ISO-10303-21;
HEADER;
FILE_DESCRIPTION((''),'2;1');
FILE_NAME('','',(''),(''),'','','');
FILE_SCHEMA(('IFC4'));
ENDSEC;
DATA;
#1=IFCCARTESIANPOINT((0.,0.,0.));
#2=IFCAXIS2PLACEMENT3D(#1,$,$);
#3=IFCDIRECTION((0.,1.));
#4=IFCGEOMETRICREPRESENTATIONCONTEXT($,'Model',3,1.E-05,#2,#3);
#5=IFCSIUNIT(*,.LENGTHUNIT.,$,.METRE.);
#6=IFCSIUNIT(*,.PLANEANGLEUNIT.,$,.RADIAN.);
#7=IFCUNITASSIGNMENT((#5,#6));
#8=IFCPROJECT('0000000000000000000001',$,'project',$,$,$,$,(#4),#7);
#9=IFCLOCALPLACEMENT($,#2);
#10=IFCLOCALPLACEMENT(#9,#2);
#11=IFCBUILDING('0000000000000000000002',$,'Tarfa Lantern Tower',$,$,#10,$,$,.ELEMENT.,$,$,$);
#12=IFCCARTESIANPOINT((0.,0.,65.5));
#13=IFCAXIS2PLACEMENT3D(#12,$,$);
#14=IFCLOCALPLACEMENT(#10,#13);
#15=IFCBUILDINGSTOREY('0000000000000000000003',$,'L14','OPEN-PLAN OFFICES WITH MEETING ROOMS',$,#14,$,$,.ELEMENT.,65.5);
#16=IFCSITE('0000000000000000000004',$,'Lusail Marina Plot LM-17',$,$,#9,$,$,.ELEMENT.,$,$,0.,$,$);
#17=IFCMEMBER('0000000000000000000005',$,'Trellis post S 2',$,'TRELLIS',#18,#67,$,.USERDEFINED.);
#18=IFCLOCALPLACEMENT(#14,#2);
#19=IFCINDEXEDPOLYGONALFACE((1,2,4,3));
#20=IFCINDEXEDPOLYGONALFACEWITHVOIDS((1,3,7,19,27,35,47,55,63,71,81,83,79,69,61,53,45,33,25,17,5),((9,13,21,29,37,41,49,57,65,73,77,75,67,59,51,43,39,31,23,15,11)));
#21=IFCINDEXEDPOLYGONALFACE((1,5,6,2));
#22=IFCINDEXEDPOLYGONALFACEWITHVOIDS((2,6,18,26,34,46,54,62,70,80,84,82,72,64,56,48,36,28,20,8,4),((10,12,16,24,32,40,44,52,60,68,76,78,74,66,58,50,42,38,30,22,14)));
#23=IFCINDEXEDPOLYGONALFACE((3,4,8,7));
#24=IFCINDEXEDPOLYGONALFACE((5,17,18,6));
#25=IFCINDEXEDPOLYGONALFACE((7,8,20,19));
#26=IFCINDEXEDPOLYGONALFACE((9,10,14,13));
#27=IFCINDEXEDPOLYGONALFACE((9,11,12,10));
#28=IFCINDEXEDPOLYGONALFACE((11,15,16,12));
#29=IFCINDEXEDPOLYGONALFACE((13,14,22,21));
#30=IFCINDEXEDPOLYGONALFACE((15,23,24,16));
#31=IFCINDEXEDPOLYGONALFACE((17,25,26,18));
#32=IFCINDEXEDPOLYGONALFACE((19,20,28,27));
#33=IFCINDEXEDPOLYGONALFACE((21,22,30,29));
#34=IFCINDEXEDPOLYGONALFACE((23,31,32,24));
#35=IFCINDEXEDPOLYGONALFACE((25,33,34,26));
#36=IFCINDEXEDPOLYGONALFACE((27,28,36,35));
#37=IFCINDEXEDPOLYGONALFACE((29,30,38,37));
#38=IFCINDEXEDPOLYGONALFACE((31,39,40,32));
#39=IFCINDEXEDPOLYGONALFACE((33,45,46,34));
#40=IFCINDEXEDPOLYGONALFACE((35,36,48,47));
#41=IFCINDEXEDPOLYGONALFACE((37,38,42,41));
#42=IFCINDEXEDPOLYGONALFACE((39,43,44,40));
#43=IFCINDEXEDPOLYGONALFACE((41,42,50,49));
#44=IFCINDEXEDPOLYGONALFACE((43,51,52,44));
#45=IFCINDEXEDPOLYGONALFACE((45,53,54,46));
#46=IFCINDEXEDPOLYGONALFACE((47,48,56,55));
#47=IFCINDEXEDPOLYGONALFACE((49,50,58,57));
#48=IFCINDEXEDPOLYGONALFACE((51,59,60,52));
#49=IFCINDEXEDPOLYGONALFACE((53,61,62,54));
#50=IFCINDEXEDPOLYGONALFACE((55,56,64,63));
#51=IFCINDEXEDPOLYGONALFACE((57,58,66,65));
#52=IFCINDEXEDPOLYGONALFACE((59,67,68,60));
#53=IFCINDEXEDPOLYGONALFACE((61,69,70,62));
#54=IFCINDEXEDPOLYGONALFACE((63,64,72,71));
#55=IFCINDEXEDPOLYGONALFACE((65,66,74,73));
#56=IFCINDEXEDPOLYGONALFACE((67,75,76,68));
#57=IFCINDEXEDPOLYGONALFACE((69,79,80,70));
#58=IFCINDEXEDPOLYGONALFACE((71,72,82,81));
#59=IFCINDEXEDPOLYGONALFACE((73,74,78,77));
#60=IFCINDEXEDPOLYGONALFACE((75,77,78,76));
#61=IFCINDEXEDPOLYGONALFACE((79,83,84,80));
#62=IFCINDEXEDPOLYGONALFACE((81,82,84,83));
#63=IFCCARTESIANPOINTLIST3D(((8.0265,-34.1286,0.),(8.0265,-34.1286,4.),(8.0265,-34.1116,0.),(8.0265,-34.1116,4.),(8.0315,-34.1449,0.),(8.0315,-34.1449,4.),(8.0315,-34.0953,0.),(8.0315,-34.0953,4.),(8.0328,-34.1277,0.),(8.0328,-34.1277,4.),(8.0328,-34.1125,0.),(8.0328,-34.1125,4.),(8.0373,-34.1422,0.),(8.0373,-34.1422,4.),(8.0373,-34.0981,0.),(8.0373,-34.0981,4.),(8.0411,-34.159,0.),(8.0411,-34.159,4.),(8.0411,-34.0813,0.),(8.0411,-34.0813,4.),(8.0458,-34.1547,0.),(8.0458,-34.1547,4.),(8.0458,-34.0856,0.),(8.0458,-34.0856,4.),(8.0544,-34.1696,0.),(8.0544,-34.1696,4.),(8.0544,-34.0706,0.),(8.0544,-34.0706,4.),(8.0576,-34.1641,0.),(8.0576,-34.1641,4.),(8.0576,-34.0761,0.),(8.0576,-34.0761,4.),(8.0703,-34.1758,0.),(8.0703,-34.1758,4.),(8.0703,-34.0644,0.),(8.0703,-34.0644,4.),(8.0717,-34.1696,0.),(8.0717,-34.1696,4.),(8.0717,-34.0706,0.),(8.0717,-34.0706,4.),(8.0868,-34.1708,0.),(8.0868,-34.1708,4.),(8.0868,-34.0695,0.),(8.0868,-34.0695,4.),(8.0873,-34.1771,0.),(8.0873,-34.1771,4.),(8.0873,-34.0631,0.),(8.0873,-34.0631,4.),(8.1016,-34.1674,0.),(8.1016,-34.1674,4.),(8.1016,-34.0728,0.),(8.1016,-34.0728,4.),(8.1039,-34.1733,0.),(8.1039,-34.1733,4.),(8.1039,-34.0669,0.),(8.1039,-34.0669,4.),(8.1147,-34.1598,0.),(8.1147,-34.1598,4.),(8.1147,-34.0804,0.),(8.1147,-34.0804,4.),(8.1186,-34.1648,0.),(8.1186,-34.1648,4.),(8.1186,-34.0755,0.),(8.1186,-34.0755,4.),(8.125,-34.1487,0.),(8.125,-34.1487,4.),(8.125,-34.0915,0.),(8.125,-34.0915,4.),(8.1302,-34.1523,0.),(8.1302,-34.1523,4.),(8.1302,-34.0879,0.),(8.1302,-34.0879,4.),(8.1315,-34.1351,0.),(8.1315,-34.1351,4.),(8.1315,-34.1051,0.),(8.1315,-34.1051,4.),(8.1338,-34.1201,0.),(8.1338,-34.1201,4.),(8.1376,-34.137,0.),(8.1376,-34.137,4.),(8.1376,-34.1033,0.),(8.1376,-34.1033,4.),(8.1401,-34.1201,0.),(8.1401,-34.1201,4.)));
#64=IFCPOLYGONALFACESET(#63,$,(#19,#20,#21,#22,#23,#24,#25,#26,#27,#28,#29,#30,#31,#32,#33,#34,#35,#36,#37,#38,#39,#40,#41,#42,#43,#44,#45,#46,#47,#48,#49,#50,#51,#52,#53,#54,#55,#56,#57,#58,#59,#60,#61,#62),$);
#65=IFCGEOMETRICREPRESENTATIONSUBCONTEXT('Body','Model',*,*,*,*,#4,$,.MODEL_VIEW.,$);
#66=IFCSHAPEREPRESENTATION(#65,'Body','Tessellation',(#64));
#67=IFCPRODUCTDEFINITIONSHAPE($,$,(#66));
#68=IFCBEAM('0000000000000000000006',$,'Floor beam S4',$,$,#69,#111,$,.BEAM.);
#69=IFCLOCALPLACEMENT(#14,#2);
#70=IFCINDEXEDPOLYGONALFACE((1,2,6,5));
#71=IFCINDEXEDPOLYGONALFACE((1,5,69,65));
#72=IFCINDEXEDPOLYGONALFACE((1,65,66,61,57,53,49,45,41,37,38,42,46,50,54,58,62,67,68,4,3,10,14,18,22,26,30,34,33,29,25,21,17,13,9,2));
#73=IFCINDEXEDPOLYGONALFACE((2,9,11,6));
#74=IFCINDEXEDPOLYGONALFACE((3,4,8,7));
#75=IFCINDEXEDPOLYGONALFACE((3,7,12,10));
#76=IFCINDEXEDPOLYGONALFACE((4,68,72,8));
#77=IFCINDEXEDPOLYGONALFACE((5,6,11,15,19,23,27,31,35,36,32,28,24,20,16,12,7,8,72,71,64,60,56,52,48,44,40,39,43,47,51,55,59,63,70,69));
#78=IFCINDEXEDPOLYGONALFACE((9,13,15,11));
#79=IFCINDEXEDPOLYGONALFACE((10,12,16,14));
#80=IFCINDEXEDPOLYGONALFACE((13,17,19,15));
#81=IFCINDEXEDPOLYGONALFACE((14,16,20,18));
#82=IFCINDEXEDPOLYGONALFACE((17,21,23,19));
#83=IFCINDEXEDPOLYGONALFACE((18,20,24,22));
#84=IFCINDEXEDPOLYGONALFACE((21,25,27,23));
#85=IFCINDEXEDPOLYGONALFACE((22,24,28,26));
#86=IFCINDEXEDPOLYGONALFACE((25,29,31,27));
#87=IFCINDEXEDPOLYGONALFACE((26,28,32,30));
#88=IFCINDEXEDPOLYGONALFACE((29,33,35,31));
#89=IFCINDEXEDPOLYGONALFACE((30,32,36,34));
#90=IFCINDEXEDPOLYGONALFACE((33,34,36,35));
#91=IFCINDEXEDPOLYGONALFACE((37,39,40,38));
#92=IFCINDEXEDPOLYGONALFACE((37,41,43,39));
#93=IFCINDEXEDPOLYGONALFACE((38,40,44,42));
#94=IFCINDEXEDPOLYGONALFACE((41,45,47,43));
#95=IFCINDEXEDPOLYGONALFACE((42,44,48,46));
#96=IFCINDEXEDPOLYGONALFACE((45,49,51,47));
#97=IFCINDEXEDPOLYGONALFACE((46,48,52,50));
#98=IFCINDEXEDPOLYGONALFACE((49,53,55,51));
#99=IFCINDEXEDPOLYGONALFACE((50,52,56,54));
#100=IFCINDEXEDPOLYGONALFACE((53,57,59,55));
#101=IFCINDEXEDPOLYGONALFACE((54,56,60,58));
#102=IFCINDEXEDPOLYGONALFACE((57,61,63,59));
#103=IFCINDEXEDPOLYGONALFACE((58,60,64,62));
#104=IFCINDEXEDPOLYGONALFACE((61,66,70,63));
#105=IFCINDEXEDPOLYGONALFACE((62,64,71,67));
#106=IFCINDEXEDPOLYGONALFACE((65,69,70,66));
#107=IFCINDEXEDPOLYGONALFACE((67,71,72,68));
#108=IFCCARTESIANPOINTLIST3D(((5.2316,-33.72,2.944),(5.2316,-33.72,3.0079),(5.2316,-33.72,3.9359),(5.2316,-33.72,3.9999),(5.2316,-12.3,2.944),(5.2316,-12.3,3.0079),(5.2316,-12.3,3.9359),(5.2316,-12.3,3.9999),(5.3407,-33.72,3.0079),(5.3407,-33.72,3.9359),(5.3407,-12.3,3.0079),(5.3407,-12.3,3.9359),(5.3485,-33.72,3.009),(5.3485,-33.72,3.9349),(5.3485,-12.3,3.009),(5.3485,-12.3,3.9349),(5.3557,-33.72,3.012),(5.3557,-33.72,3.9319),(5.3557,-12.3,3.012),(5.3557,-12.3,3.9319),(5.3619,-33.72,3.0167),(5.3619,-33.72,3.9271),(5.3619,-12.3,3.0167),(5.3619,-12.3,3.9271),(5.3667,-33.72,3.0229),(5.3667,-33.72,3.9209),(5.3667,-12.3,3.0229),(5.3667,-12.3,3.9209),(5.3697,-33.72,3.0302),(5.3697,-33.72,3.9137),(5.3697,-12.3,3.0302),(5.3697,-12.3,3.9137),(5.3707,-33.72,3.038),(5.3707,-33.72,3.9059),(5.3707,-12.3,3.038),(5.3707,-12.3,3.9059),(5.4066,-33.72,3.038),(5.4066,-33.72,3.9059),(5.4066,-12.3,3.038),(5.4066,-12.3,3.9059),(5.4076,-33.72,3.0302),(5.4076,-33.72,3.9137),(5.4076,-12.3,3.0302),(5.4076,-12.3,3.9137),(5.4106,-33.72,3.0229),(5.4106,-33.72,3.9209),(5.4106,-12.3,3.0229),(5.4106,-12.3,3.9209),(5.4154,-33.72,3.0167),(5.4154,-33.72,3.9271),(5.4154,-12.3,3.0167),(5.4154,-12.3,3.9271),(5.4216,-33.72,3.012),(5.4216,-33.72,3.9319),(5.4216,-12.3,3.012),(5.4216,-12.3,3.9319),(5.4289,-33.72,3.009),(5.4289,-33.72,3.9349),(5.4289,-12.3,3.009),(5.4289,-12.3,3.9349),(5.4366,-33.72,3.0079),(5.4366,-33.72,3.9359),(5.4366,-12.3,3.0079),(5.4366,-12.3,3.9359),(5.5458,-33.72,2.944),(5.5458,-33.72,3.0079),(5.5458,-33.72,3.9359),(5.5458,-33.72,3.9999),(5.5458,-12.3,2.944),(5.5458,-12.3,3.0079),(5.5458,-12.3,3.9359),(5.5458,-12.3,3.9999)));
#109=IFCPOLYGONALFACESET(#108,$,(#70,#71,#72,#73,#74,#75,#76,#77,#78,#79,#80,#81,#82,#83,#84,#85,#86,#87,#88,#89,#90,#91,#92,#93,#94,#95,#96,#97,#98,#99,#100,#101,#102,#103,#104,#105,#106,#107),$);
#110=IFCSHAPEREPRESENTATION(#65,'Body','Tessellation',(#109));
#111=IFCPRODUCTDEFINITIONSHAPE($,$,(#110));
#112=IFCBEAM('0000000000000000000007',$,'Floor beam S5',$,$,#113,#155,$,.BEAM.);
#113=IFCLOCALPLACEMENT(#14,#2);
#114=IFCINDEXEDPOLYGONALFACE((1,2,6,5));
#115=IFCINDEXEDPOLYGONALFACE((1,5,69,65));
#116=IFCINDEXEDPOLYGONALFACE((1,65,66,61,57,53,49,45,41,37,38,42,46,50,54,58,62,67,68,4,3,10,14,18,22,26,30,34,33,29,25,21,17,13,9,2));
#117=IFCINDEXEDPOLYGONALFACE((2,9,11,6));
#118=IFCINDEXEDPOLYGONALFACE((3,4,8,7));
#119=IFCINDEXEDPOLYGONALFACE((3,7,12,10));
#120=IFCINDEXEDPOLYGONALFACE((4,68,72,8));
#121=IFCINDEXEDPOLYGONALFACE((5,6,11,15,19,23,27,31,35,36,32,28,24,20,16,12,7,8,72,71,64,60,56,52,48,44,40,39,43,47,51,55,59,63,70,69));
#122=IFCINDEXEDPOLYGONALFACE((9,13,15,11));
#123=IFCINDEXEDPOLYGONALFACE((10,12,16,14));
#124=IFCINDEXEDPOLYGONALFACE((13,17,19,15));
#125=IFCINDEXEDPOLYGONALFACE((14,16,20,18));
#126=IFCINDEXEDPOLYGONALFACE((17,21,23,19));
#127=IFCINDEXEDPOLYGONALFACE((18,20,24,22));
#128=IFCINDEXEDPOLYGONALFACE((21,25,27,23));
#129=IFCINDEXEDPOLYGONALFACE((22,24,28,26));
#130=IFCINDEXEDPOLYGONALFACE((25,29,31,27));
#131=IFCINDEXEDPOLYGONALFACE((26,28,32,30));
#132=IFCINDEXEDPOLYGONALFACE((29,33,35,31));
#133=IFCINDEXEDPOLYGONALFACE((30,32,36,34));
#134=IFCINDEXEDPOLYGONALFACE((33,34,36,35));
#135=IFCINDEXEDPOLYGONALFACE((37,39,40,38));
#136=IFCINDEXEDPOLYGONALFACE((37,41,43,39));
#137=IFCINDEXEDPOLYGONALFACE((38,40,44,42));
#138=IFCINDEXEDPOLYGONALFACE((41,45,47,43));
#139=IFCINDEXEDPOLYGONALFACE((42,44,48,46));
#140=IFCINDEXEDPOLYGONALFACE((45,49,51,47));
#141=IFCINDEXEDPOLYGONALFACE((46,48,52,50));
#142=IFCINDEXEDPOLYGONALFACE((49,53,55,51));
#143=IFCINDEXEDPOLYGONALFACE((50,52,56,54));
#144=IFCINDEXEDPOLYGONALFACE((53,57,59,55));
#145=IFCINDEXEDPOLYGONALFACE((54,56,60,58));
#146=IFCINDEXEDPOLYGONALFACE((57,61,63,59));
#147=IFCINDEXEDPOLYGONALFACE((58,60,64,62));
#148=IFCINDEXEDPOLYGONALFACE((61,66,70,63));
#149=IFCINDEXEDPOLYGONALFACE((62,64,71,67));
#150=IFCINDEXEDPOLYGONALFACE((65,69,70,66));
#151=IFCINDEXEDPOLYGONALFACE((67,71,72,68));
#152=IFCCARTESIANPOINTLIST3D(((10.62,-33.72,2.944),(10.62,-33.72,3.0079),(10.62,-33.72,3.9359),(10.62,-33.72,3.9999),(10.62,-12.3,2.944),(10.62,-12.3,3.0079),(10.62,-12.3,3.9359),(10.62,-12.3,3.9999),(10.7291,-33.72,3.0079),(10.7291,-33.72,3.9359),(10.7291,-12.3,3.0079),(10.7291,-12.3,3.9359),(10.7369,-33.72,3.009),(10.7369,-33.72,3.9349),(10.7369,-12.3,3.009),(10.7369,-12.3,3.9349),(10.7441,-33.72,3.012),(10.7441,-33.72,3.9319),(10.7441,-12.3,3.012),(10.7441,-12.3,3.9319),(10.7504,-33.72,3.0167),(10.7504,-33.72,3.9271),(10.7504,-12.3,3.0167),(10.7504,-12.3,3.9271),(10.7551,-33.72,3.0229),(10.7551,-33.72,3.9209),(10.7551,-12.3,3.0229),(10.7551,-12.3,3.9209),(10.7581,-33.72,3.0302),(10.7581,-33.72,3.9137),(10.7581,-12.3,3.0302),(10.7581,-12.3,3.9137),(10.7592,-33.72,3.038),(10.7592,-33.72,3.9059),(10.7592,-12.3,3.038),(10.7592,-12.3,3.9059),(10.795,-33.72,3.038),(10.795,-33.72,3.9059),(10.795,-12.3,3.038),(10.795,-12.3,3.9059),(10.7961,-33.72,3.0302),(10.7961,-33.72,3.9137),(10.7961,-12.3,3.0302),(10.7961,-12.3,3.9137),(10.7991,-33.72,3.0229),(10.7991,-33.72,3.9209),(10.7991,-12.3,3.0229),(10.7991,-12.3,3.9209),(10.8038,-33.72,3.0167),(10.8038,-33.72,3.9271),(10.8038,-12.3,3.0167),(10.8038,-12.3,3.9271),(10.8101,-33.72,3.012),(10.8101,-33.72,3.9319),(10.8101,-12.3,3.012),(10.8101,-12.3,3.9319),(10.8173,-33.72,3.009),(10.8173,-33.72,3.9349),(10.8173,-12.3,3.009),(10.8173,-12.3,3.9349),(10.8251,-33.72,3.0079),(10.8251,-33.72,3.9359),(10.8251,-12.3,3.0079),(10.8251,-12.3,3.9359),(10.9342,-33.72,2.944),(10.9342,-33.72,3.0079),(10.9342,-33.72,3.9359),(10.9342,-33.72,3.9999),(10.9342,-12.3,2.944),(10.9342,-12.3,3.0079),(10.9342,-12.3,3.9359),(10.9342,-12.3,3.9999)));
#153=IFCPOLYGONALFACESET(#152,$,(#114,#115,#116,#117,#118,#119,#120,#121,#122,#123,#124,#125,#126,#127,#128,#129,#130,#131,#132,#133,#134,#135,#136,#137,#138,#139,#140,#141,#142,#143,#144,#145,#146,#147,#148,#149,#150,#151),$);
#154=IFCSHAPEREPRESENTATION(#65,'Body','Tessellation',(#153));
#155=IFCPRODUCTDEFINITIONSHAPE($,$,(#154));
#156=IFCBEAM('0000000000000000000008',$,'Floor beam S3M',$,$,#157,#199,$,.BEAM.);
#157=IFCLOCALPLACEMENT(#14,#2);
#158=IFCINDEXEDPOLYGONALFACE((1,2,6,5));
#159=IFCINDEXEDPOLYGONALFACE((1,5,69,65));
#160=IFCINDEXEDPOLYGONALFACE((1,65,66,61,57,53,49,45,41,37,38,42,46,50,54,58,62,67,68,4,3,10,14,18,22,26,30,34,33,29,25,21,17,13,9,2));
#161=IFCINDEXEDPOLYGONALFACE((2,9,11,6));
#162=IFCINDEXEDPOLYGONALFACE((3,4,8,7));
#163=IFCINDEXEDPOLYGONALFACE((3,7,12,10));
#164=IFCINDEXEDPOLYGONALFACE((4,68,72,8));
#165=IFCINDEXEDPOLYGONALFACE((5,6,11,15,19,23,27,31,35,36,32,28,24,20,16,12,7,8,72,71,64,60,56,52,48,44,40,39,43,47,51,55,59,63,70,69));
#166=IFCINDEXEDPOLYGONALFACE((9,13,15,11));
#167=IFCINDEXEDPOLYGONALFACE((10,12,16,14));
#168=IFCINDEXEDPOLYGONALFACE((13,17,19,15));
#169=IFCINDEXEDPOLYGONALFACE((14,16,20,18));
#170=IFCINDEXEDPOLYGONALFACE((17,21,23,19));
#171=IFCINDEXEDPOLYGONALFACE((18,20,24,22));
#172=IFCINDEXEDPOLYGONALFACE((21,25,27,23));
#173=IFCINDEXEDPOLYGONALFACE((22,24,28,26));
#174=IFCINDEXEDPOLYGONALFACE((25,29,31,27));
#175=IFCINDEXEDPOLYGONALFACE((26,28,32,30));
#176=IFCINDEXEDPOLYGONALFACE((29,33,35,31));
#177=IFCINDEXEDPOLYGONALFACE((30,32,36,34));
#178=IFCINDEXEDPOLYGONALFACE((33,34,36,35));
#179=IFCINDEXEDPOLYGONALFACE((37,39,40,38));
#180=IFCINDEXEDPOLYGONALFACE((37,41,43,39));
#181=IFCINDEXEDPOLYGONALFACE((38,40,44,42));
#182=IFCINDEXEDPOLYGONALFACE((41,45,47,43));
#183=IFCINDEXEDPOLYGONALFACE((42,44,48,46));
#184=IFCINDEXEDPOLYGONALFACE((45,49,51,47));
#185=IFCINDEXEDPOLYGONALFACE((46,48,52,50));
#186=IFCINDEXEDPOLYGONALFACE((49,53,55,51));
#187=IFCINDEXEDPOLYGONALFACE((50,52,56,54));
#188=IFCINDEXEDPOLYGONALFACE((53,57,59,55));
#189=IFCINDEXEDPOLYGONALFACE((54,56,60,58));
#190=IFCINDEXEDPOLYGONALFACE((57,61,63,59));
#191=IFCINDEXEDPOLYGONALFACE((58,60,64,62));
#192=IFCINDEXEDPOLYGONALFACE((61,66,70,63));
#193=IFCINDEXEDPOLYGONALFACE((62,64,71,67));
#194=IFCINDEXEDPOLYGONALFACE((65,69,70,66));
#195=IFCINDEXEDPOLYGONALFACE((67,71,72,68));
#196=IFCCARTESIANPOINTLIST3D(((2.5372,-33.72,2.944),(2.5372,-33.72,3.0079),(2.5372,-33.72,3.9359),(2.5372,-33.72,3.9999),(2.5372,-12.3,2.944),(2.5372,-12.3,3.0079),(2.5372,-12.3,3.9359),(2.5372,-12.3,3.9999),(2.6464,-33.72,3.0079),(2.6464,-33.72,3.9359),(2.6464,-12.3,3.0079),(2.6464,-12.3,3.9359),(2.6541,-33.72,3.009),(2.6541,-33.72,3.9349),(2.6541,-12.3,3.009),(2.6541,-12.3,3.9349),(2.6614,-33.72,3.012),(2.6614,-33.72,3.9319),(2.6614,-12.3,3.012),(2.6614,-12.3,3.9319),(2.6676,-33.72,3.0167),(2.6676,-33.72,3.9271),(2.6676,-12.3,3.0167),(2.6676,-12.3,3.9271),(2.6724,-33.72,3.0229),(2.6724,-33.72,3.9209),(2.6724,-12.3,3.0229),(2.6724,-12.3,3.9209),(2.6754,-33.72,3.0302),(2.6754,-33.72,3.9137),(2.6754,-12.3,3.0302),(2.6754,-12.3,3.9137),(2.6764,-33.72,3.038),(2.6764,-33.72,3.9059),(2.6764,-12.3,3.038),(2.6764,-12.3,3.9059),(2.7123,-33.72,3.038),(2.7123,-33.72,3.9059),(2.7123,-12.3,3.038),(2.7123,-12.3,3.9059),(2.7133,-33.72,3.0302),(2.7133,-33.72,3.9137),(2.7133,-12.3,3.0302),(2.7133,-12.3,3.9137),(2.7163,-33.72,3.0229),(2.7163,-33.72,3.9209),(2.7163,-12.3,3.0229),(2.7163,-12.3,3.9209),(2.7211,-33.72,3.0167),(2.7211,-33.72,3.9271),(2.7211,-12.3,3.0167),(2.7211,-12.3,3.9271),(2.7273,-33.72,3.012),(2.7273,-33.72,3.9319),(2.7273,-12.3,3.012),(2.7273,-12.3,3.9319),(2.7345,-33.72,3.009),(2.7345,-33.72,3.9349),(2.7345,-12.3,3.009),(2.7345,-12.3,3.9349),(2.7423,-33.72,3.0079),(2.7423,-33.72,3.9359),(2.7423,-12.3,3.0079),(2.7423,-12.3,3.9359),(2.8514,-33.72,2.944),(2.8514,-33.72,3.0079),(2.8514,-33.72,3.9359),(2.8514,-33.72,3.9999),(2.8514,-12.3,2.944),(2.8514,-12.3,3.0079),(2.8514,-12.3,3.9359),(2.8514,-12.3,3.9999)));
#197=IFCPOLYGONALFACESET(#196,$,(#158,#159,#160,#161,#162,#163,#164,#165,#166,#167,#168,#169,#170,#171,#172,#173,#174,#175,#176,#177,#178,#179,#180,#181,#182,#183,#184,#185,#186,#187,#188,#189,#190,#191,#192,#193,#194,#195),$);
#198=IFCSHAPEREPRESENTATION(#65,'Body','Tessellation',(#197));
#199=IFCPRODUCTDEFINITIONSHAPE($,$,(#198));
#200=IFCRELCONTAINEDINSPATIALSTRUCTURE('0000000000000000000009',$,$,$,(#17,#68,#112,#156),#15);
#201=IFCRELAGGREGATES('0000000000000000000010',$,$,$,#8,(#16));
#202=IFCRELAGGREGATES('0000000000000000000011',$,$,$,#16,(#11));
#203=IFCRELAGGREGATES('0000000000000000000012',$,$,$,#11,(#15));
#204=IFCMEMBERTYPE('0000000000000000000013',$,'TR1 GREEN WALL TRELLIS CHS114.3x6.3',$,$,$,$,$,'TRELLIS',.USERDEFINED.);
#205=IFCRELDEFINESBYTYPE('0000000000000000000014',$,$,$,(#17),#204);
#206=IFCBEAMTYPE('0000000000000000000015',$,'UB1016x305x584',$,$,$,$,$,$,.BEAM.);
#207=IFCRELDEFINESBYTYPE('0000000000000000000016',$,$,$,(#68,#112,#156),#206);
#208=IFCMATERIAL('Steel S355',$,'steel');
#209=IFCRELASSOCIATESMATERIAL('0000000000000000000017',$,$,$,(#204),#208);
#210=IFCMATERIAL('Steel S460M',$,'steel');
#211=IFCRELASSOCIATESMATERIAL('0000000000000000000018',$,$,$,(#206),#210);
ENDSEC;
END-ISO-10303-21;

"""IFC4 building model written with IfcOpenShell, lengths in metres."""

from ifc_helpers import new_model, si_unit, direction, frame, origin, origin_2d, place, context, subcontext, project, spatial, hollow_circle, i_section, extrude, material, material_profile, profile_set, type_object, element, save


model = new_model("IFC4")

# Units and contexts
model_context = context("Model", 3, precision=1e-05, world=origin(), true_north=direction((0.0, 1.0)))
body_context = subcontext(model_context, "Body", "Model", "MODEL_VIEW")
ifc_project = project(units=[si_unit("LENGTHUNIT", "METRE"), si_unit("PLANEANGLEUNIT", "RADIAN")], contexts=[model_context])

# Site, building, storey
site_placement = place(None, origin())
site = spatial("IfcSite", under=ifc_project, at=site_placement, Name="Lusail Marina Plot LM-17", CompositionType="ELEMENT", RefElevation=0.0)
building_placement = place(site_placement, origin())
building = spatial("IfcBuilding", under=site, at=building_placement, Name="Tarfa Lantern Tower", CompositionType="ELEMENT")
storey_placement = place(building_placement, frame((0.0, 0.0, 65.5)))
storey = spatial("IfcBuildingStorey", under=building, at=storey_placement, Name="L14", Description="OPEN-PLAN OFFICES WITH MEETING ROOMS", CompositionType="ELEMENT", Elevation=65.5)

# Member
ifc_material_1 = material(Name="Steel S355", Category="steel")
ifc_material_profile_1 = material_profile(ifc_material_1, hollow_circle(Radius=0.0571, WallThickness=0.0063, at=origin_2d()), Name="CHS114.3x6.3")
ifc_profile_set_1 = profile_set([ifc_material_profile_1], Name="Steel S355")
member_type_1 = type_object("IfcMemberType", Name="TR1 GREEN WALL TRELLIS CHS114.3x6.3", ElementType="TRELLIS", PredefinedType="USERDEFINED", material=ifc_profile_set_1)
member_1_placement = place(storey_placement, frame((8.083, -34.1201, 0.0), z_axis=(0.0, 0.0, 1.0), x_axis=(1.0, 0.0, 0.0)))
element("IfcMember", 1, at=member_1_placement, inside=storey, type_object=member_type_1, Name="Trellis post S 2", ObjectType="TRELLIS", PredefinedType="USERDEFINED", context=body_context, shape_type="SweptSolid", body=[
    extrude(hollow_circle(Radius=0.0571, WallThickness=0.0063, at=origin_2d()), origin(), (0.0, 0.0, 1.0), 4.0),
])

# Beams
ifc_material_2 = material(Name="Steel S460M", Category="steel")
ifc_material_profile_2 = material_profile(ifc_material_2, i_section(OverallWidth=0.3142, OverallDepth=1.0559, WebThickness=0.0359, FlangeThickness=0.064, FilletRadius=0.03, at=origin_2d()), Name="UB1016x305x584")
ifc_profile_set_2 = profile_set([ifc_material_profile_2], Name="Steel S460M")
beam_type_1 = type_object("IfcBeamType", Name="UB1016x305x584", PredefinedType="BEAM", material=ifc_profile_set_2)
for number, where, z_axis, x_axis, name in (
    (2, (5.3887, -33.72, 3.4719), (0.0, 1.0, 0.0), (-1.0, 0.0, 0.0), "Floor beam S4"),
    (3, (10.7771, -33.72, 3.4719), (0.0, 1.0, 0.0), (-1.0, 0.0, 0.0), "Floor beam S5"),
    (4, (2.6943, -33.72, 3.4719), (0.0, 1.0, 0.0), (-1.0, 0.0, 0.0), "Floor beam S3M"),
):
    element("IfcBeam", number, at=place(storey_placement, frame(where, z_axis=z_axis, x_axis=x_axis)), inside=storey, type_object=beam_type_1, Name=name, PredefinedType="BEAM", context=body_context, shape_type="SweptSolid", body=[
        extrude(i_section(OverallWidth=0.3142, OverallDepth=1.0559, WebThickness=0.0359, FlangeThickness=0.064, FilletRadius=0.03, at=origin_2d()), origin(), (0.0, 0.0, 1.0), 21.4199),
    ])

save(model, "model.ifc")
